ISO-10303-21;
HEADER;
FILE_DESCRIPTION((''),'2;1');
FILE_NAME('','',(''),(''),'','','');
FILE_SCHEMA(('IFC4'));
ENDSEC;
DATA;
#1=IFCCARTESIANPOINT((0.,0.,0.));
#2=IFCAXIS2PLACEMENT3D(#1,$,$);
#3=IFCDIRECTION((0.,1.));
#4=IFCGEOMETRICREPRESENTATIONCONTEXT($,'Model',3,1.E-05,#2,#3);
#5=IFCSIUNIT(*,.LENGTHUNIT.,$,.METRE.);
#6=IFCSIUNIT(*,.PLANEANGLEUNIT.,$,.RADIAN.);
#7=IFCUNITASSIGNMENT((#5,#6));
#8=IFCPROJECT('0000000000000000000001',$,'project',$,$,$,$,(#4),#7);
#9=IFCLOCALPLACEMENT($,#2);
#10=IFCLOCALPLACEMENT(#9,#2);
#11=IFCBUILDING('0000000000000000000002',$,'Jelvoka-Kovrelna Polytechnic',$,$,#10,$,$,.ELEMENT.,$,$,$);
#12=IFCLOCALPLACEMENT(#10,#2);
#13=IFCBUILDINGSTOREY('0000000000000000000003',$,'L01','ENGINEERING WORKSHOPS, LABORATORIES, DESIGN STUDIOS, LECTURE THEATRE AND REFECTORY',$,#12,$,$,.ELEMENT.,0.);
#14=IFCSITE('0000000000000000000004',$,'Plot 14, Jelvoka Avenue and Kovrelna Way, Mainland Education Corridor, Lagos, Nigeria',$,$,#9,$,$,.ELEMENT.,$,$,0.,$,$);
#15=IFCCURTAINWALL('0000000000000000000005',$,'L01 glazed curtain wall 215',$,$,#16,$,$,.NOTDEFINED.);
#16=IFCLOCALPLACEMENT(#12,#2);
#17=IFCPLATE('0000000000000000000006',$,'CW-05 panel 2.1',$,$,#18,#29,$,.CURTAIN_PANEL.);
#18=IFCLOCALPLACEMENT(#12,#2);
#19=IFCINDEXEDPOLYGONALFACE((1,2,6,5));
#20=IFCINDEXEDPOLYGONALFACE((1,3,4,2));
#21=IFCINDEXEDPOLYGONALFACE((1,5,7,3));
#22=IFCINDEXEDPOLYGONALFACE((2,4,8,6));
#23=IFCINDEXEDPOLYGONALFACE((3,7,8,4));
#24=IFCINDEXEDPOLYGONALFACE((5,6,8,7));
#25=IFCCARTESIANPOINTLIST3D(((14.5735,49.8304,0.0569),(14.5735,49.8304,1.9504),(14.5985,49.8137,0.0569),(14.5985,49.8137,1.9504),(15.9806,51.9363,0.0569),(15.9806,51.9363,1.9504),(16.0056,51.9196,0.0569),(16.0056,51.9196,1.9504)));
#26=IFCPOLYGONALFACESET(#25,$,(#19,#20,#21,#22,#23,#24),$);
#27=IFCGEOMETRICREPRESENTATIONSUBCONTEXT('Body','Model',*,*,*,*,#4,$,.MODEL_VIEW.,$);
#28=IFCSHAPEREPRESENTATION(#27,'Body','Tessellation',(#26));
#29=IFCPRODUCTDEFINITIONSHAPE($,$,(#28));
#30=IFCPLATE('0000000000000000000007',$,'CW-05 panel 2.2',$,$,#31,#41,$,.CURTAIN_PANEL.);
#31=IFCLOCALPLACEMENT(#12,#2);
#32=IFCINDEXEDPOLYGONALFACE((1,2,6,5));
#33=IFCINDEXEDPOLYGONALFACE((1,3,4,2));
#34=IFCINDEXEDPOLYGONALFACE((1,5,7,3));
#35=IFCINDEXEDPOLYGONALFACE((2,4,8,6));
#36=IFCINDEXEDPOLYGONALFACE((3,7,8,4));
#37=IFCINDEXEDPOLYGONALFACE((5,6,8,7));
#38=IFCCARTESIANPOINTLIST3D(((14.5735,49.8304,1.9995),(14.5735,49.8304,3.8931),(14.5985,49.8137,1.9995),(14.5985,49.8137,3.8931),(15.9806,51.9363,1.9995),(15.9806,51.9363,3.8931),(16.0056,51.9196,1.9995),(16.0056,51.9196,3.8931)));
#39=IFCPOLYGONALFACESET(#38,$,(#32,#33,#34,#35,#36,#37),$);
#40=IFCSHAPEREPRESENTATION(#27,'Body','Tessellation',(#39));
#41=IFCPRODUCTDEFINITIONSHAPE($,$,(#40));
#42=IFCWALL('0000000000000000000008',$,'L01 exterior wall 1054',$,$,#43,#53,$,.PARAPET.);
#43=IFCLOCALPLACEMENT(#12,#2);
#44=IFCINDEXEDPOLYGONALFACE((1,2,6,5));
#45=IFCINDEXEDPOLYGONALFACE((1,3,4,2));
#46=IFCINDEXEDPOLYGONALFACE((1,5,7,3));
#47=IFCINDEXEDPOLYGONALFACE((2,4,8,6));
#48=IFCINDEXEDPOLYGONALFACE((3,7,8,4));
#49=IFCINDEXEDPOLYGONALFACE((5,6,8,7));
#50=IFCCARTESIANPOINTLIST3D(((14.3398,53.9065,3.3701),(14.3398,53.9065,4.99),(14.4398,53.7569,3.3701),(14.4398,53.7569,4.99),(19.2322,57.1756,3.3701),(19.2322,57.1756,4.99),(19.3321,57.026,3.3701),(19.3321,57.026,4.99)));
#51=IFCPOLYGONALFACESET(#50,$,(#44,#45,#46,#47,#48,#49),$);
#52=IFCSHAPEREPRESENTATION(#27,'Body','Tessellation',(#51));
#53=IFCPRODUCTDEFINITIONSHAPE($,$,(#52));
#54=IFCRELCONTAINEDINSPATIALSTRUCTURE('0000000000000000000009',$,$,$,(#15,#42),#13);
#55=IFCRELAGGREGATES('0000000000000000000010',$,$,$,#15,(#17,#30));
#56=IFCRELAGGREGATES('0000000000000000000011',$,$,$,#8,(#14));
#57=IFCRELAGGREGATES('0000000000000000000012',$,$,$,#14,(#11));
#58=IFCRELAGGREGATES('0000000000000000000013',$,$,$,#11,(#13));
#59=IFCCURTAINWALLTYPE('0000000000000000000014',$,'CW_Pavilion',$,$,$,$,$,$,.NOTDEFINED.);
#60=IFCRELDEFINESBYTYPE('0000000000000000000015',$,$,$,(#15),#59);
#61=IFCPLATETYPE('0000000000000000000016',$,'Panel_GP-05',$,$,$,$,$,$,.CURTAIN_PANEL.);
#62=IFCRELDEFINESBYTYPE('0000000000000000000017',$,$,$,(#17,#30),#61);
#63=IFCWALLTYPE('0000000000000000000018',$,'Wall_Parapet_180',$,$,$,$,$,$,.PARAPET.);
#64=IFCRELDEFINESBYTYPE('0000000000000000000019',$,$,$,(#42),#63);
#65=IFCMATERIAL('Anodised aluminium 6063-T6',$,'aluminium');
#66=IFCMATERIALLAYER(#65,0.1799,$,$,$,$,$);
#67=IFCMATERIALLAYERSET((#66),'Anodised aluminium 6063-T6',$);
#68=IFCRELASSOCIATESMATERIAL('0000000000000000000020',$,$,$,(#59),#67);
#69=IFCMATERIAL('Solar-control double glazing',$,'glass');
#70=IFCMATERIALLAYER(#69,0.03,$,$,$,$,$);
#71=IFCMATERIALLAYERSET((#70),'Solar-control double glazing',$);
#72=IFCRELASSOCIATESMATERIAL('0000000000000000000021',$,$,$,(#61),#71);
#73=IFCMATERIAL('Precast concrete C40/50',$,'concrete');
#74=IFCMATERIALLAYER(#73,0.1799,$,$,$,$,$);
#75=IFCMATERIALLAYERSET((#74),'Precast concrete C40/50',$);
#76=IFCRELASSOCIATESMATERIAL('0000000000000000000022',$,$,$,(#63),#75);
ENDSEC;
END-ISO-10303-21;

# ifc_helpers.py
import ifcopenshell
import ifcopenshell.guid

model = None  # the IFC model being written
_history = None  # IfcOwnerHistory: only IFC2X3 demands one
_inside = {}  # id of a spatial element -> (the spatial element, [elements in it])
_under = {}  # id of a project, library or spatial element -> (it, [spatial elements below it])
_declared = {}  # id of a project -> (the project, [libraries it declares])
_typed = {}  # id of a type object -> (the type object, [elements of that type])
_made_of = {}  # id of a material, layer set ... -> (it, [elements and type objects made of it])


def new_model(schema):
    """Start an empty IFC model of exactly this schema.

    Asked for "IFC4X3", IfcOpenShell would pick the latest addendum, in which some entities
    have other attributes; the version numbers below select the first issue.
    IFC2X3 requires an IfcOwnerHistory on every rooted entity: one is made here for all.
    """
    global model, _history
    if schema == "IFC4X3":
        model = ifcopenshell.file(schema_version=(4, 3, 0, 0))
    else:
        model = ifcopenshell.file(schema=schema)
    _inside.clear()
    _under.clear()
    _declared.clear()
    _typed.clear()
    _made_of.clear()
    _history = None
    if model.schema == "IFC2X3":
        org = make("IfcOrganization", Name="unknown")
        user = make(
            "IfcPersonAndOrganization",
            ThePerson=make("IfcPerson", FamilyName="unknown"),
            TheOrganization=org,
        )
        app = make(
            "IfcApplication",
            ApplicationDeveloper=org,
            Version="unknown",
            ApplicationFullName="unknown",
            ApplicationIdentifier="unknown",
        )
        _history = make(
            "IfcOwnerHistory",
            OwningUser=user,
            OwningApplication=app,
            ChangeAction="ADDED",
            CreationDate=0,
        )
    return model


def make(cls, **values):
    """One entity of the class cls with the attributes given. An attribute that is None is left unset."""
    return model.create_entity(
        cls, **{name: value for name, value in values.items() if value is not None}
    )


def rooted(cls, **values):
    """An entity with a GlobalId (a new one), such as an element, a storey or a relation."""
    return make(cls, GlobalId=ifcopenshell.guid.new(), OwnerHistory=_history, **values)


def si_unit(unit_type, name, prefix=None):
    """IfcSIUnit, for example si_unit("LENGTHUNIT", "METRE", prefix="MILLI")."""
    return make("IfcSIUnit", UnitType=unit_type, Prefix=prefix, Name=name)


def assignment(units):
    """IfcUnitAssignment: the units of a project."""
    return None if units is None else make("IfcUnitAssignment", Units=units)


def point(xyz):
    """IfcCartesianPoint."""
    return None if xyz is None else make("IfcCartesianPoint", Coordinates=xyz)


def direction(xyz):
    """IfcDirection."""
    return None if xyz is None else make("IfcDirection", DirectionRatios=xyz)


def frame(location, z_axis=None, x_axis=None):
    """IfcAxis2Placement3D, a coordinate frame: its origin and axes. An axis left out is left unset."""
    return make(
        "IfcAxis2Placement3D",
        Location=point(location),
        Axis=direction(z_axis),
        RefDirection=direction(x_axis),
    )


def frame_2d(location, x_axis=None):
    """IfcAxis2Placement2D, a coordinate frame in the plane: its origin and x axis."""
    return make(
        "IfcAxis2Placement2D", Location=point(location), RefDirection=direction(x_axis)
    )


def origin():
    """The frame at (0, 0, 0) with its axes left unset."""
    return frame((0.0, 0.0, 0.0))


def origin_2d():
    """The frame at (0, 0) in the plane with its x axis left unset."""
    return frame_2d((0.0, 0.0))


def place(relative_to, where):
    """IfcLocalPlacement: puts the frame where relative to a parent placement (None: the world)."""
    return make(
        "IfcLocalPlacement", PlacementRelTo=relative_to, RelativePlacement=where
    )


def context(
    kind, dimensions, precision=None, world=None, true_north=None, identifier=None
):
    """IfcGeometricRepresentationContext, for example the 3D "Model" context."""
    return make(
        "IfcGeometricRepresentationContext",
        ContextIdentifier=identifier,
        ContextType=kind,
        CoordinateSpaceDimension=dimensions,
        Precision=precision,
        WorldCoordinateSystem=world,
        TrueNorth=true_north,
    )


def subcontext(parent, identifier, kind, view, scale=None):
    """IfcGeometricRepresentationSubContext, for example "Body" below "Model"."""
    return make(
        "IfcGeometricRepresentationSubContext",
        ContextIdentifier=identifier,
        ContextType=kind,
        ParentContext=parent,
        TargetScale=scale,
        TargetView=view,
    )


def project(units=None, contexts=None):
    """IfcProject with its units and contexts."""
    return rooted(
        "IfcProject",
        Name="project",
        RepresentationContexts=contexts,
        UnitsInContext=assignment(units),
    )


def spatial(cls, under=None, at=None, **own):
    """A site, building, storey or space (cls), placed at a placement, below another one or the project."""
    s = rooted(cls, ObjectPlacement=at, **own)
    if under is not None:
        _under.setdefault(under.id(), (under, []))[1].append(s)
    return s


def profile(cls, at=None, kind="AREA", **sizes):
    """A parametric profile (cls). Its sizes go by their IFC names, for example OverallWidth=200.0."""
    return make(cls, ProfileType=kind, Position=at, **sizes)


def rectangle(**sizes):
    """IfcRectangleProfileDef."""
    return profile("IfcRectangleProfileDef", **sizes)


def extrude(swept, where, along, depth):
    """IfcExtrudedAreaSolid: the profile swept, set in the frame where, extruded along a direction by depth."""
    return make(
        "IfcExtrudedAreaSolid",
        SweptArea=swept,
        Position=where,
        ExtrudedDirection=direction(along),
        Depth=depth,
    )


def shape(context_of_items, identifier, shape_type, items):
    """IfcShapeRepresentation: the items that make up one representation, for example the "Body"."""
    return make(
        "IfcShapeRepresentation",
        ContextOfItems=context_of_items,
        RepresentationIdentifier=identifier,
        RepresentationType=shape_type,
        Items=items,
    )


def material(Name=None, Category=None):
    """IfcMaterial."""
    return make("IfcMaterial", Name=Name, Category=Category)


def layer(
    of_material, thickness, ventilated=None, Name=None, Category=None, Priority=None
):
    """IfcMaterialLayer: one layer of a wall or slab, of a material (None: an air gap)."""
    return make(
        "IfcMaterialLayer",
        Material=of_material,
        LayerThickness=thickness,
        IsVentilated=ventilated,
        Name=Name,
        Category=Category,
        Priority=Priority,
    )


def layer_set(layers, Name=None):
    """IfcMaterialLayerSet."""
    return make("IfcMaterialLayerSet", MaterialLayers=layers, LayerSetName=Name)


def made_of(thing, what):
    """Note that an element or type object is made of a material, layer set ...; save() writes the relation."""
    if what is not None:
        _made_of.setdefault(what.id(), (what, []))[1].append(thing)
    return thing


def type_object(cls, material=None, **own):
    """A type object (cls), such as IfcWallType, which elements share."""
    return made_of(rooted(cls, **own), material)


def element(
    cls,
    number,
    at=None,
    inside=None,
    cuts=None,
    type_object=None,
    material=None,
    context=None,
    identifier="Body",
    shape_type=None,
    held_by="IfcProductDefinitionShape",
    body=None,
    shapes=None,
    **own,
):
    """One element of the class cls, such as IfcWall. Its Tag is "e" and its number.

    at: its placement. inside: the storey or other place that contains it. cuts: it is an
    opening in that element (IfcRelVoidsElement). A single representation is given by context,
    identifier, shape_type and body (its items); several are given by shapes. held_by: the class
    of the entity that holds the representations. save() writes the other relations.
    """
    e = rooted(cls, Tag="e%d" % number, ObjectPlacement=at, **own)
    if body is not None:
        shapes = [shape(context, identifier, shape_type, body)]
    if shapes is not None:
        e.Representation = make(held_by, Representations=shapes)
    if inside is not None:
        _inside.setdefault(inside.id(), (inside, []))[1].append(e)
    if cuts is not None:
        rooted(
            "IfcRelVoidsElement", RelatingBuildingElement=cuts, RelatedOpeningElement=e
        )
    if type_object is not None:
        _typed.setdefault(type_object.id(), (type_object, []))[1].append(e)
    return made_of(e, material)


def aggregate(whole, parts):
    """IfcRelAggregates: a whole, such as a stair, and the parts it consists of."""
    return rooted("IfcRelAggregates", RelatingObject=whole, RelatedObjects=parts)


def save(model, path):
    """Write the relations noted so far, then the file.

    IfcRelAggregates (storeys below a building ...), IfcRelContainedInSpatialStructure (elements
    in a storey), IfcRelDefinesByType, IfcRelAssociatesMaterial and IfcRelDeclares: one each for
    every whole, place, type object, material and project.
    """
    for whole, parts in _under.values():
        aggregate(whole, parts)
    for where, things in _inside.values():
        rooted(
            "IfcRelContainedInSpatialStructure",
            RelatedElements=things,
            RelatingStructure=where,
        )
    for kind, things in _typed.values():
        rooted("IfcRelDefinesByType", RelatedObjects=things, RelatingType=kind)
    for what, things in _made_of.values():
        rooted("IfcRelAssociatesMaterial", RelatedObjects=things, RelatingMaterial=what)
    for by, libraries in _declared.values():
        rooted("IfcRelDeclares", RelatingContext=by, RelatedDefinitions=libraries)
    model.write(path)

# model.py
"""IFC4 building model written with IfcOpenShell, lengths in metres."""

from ifc_helpers import new_model, si_unit, direction, frame, frame_2d, origin, origin_2d, place, context, subcontext, project, spatial, rectangle, extrude, material, layer, layer_set, type_object, element, aggregate, save


model = new_model("IFC4")

# Units and contexts
model_context = context("Model", 3, precision=1e-05, world=origin(), true_north=direction((0.0, 1.0)))
body_context = subcontext(model_context, "Body", "Model", "MODEL_VIEW")
ifc_project = project(units=[si_unit("LENGTHUNIT", "METRE"), si_unit("PLANEANGLEUNIT", "RADIAN")], contexts=[model_context])

# Site, building, storey
site_placement = place(None, origin())
site = spatial("IfcSite", under=ifc_project, at=site_placement, Name="Plot 14, Jelvoka Avenue and Kovrelna Way, Mainland Education Corridor, Lagos, Nigeria", CompositionType="ELEMENT", RefElevation=0.0)
building_placement = place(site_placement, origin())
building = spatial("IfcBuilding", under=site, at=building_placement, Name="Jelvoka-Kovrelna Polytechnic", CompositionType="ELEMENT")
storey_placement = place(building_placement, origin())
storey = spatial("IfcBuildingStorey", under=building, at=storey_placement, Name="L01", Description="ENGINEERING WORKSHOPS, LABORATORIES, DESIGN STUDIOS, LECTURE THEATRE AND REFECTORY", CompositionType="ELEMENT", Elevation=0.0)

# Curtain wall
ifc_material_1 = material(Name="Anodised aluminium 6063-T6", Category="aluminium")
ifc_layer_1 = layer(ifc_material_1, 0.1799)
ifc_layer_set_1 = layer_set([ifc_layer_1], Name="Anodised aluminium 6063-T6")
curtain_wall_type = type_object("IfcCurtainWallType", Name="CW_Pavilion", PredefinedType="NOTDEFINED", material=ifc_layer_set_1)
curtain_wall_1_placement = place(storey_placement, origin())
curtain_wall_1 = element("IfcCurtainWall", 1, at=curtain_wall_1_placement, inside=storey, type_object=curtain_wall_type, Name="L01 glazed curtain wall 215", PredefinedType="NOTDEFINED")

# Plates
ifc_material_2 = material(Name="Solar-control double glazing", Category="glass")
ifc_layer_2 = layer(ifc_material_2, 0.03)
ifc_layer_set_2 = layer_set([ifc_layer_2], Name="Solar-control double glazing")
plate_type = type_object("IfcPlateType", Name="Panel_GP-05", PredefinedType="CURTAIN_PANEL", material=ifc_layer_set_2)
plate_1_placement = place(storey_placement, frame((15.2896, 50.875, 0.0569), z_axis=(0.0, 0.0, 1.0), x_axis=(0.555583, 0.831461, 0.0)))
plate_1 = element("IfcPlate", 2, at=plate_1_placement, type_object=plate_type, Name="CW-05 panel 2.1", PredefinedType="CURTAIN_PANEL", context=body_context, shape_type="SweptSolid", body=[
    extrude(rectangle(XDim=2.5327, YDim=0.03, at=origin_2d()), origin(), (0.0, 0.0, 1.0), 1.8936),
])
plate_2_placement = place(storey_placement, frame((15.2896, 50.875, 1.9995), z_axis=(0.0, 0.0, 1.0), x_axis=(0.555583, 0.831461, 0.0)))
plate_2 = element("IfcPlate", 3, at=plate_2_placement, type_object=plate_type, Name="CW-05 panel 2.2", PredefinedType="CURTAIN_PANEL", context=body_context, shape_type="SweptSolid", body=[
    extrude(rectangle(XDim=2.5327, YDim=0.03, at=origin_2d()), origin(), (0.0, 0.0, 1.0), 1.8936),
])
aggregate(curtain_wall_1, [plate_1, plate_2])

# Wall
ifc_material_3 = material(Name="Precast concrete C40/50", Category="concrete")
ifc_layer_3 = layer(ifc_material_3, 0.1799)
ifc_layer_set_3 = layer_set([ifc_layer_3], Name="Precast concrete C40/50")
wall_type = type_object("IfcWallType", Name="Wall_Parapet_180", PredefinedType="PARAPET", material=ifc_layer_set_3)
wall_placement = place(storey_placement, frame((14.3899, 53.8318, 3.3701), z_axis=(0.0, 0.0, 1.0), x_axis=(0.831463, 0.555581, 0.0)))
element("IfcWall", 4, at=wall_placement, inside=storey, type_object=wall_type, Name="L01 exterior wall 1054", PredefinedType="PARAPET", context=body_context, shape_type="SweptSolid", body=[
    extrude(rectangle(XDim=5.884, YDim=0.1799, at=frame_2d((2.9419, 0.0))), origin(), (0.0, 0.0, 1.0), 1.6199),
])

save(model, "model.ifc")
